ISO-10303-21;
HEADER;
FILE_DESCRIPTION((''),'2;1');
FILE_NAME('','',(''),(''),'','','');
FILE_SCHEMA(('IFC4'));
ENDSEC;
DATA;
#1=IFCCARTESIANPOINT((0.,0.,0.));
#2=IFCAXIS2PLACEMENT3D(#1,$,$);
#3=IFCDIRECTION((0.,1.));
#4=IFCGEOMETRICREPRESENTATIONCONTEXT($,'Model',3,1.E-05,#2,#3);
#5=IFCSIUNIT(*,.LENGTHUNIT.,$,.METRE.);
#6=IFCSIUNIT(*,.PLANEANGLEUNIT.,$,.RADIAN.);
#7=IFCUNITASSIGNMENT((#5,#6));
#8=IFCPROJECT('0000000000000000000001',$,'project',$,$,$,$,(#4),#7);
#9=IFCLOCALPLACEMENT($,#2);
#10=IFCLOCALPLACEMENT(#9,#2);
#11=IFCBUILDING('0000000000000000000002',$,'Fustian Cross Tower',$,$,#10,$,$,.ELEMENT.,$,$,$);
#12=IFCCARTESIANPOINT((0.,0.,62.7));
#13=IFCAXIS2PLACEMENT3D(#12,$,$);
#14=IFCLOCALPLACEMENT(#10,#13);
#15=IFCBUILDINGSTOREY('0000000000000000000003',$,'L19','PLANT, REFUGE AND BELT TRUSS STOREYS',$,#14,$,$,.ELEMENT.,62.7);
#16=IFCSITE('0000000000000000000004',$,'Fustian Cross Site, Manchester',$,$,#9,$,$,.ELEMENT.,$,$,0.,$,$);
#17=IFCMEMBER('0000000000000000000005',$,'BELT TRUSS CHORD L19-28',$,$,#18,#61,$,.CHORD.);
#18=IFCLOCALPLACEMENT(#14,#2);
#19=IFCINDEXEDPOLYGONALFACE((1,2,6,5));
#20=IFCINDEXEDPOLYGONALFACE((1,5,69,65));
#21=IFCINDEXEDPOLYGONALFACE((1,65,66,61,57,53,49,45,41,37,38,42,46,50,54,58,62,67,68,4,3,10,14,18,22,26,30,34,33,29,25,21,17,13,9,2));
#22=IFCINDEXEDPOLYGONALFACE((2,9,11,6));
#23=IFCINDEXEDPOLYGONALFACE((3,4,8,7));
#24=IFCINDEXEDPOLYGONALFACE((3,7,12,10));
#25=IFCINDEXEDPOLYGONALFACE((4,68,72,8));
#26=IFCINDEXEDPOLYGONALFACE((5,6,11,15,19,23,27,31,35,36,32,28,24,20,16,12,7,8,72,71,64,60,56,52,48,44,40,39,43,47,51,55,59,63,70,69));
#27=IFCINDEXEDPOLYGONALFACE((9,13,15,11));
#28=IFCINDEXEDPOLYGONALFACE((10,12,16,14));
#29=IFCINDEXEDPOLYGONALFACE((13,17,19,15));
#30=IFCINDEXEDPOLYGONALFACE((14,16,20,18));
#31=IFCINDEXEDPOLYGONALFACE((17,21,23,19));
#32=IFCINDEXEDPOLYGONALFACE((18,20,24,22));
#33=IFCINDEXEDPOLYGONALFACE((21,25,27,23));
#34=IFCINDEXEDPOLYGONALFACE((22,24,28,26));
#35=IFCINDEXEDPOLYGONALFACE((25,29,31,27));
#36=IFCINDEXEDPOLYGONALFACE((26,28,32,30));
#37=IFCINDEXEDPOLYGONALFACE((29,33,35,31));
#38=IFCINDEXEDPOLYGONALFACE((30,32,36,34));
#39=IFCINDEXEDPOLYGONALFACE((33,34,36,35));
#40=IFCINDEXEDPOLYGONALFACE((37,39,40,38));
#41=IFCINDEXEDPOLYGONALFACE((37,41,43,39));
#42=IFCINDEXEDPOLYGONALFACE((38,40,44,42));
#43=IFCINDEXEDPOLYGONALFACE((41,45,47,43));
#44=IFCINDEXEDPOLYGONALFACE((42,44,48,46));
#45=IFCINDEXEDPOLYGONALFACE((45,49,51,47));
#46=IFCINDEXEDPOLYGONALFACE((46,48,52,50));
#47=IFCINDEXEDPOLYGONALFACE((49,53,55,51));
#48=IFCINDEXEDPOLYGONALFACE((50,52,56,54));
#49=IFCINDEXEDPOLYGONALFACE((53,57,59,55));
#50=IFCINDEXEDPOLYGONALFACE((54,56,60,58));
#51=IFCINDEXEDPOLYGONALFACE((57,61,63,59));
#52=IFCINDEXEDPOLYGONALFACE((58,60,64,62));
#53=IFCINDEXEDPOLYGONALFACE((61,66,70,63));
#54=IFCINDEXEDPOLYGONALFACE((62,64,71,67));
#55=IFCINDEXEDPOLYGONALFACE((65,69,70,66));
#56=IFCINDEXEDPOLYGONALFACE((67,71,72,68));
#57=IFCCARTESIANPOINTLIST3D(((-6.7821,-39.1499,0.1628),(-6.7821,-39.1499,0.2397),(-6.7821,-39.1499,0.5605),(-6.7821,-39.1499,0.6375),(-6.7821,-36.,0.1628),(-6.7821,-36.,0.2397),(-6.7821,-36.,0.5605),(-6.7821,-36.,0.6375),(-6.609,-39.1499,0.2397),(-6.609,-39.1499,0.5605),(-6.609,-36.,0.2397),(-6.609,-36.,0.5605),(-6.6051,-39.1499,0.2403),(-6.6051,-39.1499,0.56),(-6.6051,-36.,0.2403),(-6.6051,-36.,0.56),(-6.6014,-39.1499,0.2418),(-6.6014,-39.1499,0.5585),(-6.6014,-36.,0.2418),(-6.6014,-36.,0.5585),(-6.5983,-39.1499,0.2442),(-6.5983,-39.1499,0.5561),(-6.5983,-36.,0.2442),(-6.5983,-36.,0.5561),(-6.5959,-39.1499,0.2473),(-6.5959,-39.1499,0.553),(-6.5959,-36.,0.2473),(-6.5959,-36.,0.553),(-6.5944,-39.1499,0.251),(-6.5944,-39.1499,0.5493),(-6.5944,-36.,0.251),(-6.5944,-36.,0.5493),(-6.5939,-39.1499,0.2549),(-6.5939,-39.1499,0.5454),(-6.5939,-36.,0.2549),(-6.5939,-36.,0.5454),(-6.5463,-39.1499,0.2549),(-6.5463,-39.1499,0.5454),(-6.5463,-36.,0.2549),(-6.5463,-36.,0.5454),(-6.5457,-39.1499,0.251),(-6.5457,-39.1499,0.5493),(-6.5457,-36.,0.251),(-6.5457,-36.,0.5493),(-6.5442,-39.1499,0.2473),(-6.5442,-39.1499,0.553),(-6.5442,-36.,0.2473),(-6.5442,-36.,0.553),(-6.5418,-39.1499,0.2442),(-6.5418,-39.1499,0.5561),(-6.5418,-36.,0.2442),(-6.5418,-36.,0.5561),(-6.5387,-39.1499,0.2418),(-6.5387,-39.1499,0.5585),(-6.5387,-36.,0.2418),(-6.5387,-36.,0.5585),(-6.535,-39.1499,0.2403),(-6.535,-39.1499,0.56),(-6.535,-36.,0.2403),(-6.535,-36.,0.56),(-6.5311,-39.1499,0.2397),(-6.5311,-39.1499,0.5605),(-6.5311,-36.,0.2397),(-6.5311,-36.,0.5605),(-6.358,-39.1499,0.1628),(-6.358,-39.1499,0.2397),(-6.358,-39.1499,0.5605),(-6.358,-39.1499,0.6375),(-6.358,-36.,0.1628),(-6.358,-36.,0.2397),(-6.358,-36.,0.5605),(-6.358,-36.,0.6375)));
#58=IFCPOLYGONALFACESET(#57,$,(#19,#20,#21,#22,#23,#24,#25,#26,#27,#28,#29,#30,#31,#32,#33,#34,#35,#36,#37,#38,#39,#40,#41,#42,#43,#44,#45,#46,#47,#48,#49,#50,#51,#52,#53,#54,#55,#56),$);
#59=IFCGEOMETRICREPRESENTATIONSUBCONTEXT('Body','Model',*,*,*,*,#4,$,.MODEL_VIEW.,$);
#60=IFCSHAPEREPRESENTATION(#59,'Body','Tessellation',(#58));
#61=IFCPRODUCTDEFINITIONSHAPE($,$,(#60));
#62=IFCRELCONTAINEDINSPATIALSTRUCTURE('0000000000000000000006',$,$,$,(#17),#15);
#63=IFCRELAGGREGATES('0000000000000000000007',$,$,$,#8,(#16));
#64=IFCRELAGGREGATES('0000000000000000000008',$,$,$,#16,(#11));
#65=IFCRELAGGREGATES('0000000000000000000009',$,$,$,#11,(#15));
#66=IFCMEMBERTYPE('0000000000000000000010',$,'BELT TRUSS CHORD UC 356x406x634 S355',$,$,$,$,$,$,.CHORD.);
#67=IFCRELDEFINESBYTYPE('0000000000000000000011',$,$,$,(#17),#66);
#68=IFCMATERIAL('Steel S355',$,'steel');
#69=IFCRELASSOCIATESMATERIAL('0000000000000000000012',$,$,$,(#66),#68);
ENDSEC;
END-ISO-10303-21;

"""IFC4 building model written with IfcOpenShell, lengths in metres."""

from ifc_helpers import new_model, si_unit, direction, frame, origin, origin_2d, place, context, subcontext, project, spatial, i_section, extrude, material, material_profile, profile_set, type_object, element, save


model = new_model("IFC4")

# Units and contexts
model_context = context("Model", 3, precision=1e-05, world=origin(), true_north=direction((0.0, 1.0)))
body_context = subcontext(model_context, "Body", "Model", "MODEL_VIEW")
ifc_project = project(units=[si_unit("LENGTHUNIT", "METRE"), si_unit("PLANEANGLEUNIT", "RADIAN")], contexts=[model_context])

# Site, building, storey
site_placement = place(None, origin())
site = spatial("IfcSite", under=ifc_project, at=site_placement, Name="Fustian Cross Site, Manchester", CompositionType="ELEMENT", RefElevation=0.0)
building_placement = place(site_placement, origin())
building = spatial("IfcBuilding", under=site, at=building_placement, Name="Fustian Cross Tower", CompositionType="ELEMENT")
storey_placement = place(building_placement, frame((0.0, 0.0, 62.7)))
storey = spatial("IfcBuildingStorey", under=building, at=storey_placement, Name="L19", Description="PLANT, REFUGE AND BELT TRUSS STOREYS", CompositionType="ELEMENT", Elevation=62.7)

# Member
ifc_material_1 = material(Name="Steel S355", Category="steel")
ifc_material_profile_1 = material_profile(ifc_material_1, i_section(OverallWidth=0.4241, OverallDepth=0.4746, WebThickness=0.0476, FlangeThickness=0.0769, FilletRadius=0.0151, at=origin_2d()), Name="UC 356x406x634")
ifc_profile_set_1 = profile_set([ifc_material_profile_1], Name="Steel S355")
member_type_1 = type_object("IfcMemberType", Name="BELT TRUSS CHORD UC 356x406x634 S355", PredefinedType="CHORD", material=ifc_profile_set_1)
for number, where, z_axis, x_axis, name in (
    (1, (-6.5701, -36.0, 0.4001), (0.0, -1.0, 0.0), (1.0, 0.0, 0.0), "BELT TRUSS CHORD L19-28"),
):
    element("IfcMember", number, at=place(storey_placement, frame(where, z_axis=z_axis, x_axis=x_axis)), inside=storey, type_object=member_type_1, Name=name, PredefinedType="CHORD", context=body_context, shape_type="SweptSolid", body=[
        extrude(i_section(OverallWidth=0.4241, OverallDepth=0.4746, WebThickness=0.0476, FlangeThickness=0.0769, FilletRadius=0.0151, at=origin_2d()), origin(), (0.0, 0.0, 1.0), 3.1499),
    ])

save(model, "model.ifc")
